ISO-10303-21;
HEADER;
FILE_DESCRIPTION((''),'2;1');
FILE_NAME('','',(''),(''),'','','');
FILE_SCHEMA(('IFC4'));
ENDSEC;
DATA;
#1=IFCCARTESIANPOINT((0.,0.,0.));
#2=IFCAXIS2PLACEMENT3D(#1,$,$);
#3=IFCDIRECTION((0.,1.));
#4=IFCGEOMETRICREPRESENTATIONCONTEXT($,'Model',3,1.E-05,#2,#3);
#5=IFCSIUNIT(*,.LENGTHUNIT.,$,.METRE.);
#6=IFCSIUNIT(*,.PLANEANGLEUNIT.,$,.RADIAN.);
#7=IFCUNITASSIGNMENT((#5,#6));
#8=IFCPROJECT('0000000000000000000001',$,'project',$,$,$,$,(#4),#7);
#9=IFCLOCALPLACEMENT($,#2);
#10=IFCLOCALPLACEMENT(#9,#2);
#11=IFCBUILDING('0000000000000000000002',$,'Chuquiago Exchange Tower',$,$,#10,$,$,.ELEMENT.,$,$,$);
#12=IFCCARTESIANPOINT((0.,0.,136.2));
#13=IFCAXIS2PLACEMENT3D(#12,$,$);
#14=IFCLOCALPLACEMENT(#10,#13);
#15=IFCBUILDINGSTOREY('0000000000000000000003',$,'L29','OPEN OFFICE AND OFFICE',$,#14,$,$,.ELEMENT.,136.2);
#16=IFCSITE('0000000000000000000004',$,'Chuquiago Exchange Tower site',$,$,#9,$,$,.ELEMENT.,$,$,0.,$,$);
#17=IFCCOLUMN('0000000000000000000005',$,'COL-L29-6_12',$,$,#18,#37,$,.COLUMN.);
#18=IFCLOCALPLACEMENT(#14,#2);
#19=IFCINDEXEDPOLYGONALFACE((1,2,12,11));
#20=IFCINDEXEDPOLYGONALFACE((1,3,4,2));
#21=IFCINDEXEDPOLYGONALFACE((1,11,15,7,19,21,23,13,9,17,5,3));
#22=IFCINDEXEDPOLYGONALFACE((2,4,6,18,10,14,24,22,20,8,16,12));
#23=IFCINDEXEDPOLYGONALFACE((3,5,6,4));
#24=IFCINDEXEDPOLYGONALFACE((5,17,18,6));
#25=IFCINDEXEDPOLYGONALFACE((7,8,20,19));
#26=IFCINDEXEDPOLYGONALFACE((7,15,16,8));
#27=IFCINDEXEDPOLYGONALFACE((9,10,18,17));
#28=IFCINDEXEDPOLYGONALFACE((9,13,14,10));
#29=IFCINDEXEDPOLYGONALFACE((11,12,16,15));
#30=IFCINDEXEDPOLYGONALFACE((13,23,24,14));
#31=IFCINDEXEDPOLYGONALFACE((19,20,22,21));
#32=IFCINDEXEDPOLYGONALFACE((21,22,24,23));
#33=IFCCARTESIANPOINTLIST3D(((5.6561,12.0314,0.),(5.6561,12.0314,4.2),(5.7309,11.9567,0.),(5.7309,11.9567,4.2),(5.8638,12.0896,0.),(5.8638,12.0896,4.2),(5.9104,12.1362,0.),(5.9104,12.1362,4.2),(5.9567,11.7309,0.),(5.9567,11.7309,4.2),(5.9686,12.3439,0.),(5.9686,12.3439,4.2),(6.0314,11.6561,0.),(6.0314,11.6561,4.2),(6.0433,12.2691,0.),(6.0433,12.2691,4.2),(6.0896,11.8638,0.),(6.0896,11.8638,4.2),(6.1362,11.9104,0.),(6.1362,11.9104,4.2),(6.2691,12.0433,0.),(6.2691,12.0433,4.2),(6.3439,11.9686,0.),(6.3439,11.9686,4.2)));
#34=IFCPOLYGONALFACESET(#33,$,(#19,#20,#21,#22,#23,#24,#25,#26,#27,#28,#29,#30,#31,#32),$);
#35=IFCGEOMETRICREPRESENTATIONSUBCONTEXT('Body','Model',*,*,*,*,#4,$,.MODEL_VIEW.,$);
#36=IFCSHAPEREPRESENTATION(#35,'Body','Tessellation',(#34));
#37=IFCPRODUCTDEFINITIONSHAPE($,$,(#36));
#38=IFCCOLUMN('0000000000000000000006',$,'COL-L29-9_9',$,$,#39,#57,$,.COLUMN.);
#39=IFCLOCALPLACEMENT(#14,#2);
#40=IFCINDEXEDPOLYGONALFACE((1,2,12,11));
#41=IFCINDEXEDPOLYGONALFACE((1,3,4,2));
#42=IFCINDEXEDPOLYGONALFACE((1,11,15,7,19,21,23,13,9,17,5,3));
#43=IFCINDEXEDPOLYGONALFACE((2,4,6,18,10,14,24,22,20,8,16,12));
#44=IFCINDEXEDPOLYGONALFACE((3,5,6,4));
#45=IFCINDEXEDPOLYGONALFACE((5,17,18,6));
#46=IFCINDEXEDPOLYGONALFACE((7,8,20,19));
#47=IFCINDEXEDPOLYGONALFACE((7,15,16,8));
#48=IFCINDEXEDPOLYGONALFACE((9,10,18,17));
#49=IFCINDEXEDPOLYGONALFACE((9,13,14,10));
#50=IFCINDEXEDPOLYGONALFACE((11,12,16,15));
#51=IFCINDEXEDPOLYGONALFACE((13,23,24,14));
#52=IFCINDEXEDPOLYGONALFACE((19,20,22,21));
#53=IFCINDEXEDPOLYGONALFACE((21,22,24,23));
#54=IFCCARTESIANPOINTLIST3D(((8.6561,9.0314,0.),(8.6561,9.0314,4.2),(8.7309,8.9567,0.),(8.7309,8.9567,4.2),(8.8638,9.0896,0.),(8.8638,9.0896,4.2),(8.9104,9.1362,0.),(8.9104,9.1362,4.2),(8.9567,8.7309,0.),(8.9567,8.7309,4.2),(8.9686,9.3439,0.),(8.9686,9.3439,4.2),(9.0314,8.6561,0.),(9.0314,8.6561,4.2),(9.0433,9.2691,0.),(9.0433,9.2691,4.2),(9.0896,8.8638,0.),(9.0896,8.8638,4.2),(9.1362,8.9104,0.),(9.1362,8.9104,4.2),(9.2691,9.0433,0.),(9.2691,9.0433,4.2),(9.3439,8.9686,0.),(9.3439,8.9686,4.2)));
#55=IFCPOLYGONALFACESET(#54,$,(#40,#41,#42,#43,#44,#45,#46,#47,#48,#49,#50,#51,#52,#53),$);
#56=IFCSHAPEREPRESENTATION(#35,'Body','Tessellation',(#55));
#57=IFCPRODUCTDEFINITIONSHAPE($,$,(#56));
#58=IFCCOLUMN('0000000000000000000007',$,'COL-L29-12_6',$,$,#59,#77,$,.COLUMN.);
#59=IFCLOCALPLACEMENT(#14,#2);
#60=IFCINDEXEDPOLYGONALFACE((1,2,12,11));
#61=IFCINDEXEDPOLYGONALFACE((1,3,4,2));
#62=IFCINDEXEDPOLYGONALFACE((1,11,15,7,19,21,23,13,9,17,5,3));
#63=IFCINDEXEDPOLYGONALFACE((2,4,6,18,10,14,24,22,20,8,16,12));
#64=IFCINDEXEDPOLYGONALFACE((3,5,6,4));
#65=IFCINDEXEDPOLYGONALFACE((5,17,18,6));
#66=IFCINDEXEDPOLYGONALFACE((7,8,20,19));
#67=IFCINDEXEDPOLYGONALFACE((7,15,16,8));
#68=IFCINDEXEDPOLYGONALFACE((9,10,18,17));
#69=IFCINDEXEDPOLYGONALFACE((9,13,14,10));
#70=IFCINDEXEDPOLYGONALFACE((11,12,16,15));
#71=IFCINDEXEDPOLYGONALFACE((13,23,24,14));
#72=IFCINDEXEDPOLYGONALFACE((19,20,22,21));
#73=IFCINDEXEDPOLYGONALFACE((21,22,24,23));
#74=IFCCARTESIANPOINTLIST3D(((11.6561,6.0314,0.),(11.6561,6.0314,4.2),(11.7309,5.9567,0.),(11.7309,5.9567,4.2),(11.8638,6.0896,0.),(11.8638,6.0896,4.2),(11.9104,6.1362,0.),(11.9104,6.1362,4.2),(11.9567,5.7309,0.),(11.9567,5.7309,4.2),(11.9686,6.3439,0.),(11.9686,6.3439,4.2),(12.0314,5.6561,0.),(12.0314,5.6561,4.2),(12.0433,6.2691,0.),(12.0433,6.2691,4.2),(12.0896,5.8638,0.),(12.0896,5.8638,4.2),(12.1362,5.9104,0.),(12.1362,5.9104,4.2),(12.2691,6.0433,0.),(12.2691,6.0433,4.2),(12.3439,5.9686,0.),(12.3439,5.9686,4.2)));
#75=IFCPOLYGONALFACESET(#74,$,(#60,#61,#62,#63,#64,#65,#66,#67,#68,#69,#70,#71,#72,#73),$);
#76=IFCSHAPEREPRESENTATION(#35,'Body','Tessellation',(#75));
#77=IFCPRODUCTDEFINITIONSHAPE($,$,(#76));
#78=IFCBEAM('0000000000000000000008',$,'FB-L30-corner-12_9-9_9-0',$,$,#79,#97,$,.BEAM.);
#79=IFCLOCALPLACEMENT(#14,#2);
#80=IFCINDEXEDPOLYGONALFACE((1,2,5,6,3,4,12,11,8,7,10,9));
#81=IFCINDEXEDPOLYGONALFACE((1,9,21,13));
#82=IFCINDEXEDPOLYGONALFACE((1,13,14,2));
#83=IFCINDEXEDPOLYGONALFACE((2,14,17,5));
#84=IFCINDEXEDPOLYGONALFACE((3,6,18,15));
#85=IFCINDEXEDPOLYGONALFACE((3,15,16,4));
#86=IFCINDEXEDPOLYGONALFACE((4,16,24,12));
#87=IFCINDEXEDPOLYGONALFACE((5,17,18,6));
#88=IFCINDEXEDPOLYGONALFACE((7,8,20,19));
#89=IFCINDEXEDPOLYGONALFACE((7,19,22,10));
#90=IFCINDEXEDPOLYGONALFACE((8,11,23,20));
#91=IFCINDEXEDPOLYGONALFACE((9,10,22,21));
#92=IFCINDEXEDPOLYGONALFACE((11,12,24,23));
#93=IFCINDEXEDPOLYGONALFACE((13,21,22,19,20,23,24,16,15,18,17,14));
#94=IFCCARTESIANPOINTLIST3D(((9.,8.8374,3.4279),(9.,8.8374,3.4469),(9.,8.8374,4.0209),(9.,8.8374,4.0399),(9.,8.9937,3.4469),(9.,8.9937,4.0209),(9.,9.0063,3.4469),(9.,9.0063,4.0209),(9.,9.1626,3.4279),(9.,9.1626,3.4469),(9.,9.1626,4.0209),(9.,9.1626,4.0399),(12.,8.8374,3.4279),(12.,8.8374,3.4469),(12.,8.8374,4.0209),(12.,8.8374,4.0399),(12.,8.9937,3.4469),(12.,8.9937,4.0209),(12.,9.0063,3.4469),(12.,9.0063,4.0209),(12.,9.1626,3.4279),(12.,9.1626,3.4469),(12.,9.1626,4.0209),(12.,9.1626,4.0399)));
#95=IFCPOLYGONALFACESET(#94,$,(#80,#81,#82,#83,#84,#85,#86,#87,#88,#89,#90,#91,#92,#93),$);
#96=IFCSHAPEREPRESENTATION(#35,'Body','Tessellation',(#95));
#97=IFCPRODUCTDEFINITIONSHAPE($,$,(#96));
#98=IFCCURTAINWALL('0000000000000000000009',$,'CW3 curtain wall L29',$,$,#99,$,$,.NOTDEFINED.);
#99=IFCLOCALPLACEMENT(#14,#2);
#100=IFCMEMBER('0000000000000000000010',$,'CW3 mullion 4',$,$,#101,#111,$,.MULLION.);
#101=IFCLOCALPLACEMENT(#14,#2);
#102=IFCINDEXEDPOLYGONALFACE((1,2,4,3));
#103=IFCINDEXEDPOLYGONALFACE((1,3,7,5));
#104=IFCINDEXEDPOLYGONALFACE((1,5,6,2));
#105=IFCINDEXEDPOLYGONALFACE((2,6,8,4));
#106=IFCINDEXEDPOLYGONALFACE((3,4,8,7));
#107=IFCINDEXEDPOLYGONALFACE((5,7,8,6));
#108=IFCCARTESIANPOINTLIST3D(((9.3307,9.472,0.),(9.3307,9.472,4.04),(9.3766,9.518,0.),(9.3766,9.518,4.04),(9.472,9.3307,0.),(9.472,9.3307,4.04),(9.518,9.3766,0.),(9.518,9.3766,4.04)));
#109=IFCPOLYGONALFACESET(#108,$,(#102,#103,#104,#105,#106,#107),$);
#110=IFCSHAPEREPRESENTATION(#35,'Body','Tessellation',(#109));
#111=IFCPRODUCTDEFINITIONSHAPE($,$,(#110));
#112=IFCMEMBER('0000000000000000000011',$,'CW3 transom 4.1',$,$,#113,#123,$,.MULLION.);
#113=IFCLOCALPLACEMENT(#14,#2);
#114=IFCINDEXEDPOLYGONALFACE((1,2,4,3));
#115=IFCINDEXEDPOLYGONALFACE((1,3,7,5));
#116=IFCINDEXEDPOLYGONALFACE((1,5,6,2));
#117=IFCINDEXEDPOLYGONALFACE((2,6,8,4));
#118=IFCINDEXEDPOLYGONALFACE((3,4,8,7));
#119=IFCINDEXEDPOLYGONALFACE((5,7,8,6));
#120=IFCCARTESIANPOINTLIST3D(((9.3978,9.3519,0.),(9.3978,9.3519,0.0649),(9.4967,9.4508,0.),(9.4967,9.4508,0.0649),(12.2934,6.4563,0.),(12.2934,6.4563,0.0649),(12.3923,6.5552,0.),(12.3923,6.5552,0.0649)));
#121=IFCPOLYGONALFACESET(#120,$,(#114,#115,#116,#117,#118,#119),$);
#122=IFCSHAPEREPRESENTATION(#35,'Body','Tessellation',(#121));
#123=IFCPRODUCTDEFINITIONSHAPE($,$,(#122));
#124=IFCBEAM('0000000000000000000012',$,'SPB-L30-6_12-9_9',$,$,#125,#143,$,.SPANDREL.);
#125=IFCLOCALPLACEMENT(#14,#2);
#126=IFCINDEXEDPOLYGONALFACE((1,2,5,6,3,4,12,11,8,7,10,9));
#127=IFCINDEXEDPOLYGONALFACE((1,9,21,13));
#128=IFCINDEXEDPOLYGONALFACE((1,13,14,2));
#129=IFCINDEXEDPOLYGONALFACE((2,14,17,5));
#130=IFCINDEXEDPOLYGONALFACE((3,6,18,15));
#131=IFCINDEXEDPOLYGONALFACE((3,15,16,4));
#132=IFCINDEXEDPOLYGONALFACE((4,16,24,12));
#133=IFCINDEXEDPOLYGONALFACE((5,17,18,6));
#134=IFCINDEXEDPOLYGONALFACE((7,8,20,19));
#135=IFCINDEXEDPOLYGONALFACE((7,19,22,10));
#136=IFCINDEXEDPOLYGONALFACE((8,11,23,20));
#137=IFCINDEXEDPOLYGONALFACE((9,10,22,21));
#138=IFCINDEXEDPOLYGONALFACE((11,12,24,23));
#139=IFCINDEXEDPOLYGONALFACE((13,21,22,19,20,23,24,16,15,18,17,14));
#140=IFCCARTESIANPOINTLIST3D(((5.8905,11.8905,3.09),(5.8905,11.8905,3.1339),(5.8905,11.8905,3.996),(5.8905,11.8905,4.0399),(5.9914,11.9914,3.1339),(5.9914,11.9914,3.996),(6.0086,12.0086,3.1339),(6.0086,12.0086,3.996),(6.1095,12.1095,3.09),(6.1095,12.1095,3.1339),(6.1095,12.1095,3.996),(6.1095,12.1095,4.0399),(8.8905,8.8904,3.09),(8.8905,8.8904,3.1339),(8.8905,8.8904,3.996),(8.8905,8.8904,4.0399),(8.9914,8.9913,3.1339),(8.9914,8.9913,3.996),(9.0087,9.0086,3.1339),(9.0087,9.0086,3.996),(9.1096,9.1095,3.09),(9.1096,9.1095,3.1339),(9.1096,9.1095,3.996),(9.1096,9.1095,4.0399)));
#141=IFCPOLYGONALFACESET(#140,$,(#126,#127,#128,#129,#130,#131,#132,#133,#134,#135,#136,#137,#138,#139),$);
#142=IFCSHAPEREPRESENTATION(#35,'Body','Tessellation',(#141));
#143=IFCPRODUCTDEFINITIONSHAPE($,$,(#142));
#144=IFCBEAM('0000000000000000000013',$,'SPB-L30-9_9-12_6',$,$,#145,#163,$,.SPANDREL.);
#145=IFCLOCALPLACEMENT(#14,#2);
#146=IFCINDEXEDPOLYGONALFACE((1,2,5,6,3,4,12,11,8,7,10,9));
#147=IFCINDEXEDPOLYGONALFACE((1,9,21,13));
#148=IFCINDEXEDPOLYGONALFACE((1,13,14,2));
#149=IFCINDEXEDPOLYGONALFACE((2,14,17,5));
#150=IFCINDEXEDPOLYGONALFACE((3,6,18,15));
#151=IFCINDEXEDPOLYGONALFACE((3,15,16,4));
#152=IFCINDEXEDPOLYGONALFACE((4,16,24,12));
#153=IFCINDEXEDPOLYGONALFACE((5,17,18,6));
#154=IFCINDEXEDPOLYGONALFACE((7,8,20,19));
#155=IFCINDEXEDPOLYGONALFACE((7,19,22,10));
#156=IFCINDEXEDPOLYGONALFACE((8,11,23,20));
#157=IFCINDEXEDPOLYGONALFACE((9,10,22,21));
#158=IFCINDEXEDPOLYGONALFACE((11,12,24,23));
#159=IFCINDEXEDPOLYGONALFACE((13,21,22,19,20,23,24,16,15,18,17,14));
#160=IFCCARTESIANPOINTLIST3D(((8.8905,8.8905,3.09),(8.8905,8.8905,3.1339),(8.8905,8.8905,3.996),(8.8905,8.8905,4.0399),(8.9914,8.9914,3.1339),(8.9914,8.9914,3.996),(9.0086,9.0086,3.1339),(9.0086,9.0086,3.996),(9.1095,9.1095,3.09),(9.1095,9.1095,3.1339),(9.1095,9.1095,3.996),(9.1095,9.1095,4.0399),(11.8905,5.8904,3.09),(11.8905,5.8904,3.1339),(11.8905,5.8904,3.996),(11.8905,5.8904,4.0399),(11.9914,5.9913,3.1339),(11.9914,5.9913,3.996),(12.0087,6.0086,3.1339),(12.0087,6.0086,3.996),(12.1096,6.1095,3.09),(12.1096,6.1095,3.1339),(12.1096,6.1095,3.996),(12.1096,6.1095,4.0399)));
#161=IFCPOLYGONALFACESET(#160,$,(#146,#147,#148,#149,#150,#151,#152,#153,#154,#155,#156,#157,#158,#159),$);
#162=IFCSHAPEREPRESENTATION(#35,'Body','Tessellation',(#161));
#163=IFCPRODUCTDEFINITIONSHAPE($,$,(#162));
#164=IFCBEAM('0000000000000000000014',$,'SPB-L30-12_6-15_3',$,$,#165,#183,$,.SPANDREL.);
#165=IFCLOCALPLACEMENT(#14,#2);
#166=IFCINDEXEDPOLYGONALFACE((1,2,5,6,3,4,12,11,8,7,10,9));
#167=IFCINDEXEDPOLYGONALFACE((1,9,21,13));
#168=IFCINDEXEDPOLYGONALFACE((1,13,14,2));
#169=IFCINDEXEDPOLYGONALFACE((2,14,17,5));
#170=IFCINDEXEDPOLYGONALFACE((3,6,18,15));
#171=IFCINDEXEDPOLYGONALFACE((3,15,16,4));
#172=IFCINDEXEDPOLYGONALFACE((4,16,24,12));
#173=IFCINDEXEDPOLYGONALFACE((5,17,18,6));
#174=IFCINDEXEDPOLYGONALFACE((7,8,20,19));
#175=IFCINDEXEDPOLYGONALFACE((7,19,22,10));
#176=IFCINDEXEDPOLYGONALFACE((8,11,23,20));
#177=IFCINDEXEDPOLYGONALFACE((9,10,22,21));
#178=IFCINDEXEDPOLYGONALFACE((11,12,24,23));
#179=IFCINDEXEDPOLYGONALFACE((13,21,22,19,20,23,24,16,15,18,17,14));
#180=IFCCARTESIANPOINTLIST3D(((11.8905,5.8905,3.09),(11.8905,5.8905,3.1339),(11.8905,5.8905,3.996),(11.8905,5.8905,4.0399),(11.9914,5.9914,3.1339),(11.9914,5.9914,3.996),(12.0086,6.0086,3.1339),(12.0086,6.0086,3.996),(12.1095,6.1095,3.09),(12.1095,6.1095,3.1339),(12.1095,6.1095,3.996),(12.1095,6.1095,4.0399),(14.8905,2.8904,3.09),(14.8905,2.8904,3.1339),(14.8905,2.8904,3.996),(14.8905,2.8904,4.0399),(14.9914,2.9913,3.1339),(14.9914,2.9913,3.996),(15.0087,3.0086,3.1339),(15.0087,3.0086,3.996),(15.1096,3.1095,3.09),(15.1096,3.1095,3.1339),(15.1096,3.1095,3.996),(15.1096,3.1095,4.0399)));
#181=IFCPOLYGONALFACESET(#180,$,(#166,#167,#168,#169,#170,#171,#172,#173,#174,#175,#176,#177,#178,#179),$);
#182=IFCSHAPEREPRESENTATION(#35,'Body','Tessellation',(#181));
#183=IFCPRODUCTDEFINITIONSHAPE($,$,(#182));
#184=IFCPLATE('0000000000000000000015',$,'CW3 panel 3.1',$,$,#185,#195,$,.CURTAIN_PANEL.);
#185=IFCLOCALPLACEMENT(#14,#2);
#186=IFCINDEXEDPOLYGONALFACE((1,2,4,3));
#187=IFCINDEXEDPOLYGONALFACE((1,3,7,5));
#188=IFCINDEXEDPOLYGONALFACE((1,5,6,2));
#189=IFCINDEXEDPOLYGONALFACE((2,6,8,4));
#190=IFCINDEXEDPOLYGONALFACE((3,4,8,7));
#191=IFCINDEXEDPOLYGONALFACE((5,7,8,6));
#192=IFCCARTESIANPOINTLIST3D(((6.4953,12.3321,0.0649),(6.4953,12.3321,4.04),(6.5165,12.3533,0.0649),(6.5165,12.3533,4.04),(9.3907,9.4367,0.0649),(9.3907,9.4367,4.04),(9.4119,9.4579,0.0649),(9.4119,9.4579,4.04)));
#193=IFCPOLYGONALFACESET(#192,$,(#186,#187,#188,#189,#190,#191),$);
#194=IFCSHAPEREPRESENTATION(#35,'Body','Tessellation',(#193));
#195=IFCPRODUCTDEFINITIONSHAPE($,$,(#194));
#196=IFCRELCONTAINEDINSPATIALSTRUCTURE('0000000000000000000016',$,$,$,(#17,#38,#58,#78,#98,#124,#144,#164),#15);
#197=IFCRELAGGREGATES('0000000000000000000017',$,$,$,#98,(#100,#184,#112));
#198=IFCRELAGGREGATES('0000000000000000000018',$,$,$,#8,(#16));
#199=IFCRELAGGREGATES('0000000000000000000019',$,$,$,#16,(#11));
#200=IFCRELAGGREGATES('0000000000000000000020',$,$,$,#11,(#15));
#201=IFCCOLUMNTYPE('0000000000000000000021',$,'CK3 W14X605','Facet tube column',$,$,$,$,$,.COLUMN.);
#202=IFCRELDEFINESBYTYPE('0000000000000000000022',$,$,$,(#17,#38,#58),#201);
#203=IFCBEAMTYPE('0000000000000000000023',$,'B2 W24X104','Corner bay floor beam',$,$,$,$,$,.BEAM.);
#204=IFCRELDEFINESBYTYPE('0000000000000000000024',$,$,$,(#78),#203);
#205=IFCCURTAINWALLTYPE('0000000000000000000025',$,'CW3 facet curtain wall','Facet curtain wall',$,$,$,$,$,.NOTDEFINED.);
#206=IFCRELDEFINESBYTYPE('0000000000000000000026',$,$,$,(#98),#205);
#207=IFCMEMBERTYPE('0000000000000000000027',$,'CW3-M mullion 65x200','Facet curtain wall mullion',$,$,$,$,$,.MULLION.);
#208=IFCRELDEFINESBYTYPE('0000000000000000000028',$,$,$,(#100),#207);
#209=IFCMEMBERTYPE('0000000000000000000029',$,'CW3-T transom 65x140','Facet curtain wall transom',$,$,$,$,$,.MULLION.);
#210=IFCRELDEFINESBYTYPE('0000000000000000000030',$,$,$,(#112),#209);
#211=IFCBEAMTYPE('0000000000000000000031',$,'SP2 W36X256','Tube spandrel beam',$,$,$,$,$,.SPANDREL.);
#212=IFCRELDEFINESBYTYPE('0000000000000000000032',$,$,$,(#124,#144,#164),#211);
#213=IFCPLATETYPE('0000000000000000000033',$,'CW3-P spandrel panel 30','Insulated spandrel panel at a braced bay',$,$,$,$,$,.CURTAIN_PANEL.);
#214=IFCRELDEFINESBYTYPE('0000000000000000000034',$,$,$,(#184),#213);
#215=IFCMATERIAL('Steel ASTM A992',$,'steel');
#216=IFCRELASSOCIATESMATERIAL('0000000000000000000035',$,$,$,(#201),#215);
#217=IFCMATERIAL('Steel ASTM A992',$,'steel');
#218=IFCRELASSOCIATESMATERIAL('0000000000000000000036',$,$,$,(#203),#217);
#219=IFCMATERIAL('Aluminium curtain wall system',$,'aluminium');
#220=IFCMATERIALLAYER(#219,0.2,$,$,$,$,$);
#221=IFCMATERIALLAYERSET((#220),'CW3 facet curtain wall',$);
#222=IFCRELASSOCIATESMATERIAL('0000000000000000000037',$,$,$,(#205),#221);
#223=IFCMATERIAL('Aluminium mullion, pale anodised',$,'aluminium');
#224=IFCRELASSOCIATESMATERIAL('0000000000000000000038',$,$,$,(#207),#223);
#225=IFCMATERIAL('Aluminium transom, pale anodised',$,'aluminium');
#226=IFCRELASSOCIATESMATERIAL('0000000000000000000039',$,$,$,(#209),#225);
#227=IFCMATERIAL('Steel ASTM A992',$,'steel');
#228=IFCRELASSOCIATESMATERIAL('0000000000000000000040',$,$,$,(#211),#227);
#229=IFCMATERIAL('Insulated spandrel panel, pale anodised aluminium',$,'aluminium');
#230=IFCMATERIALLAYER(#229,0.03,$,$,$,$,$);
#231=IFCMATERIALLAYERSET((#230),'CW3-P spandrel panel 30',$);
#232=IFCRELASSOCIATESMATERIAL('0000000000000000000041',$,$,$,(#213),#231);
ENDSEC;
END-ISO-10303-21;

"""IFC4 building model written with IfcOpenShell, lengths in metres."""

from ifc_helpers import new_model, si_unit, direction, frame, origin, origin_2d, place, context, subcontext, project, spatial, rectangle, i_section, extrude, material, layer, layer_set, material_profile, profile_set, type_object, element, aggregate, save


model = new_model("IFC4")

# Units and contexts
model_context = context("Model", 3, precision=1e-05, world=origin(), true_north=direction((0.0, 1.0)))
body_context = subcontext(model_context, "Body", "Model", "MODEL_VIEW")
ifc_project = project(units=[si_unit("LENGTHUNIT", "METRE"), si_unit("PLANEANGLEUNIT", "RADIAN")], contexts=[model_context])

# Site, building, storey
site_placement = place(None, origin())
site = spatial("IfcSite", under=ifc_project, at=site_placement, Name="Chuquiago Exchange Tower site", CompositionType="ELEMENT", RefElevation=0.0)
building_placement = place(site_placement, origin())
building = spatial("IfcBuilding", under=site, at=building_placement, Name="Chuquiago Exchange Tower", CompositionType="ELEMENT")
storey_placement = place(building_placement, frame((0.0, 0.0, 136.2)))
storey = spatial("IfcBuildingStorey", under=building, at=storey_placement, Name="L29", Description="OPEN OFFICE AND OFFICE", CompositionType="ELEMENT", Elevation=136.2)

# Columns
ifc_material_1 = material(Name="Steel ASTM A992", Category="steel")
ifc_material_profile_1 = material_profile(ifc_material_1, i_section(OverallWidth=0.4419, OverallDepth=0.5308, WebThickness=0.0659, FlangeThickness=0.1057, at=origin_2d()), Name="W14X605")
ifc_profile_set_1 = profile_set([ifc_material_profile_1], Name="Steel ASTM A992")
column_type = type_object("IfcColumnType", Name="CK3 W14X605", Description="Facet tube column", PredefinedType="COLUMN", material=ifc_profile_set_1)
for number, where, z_axis, x_axis, name in (
    (1, (6.0, 12.0, 0.0), (0.0, 0.0, 1.0), (-0.707107, -0.707107, 0.0), "COL-L29-6_12"),
    (2, (9.0, 9.0, 0.0), (0.0, 0.0, 1.0), (-0.707107, -0.707107, 0.0), "COL-L29-9_9"),
    (3, (12.0, 6.0, 0.0), (0.0, 0.0, 1.0), (-0.707107, -0.707107, 0.0), "COL-L29-12_6"),
):
    element("IfcColumn", number, at=place(storey_placement, frame(where, z_axis=z_axis, x_axis=x_axis)), inside=storey, type_object=column_type, Name=name, PredefinedType="COLUMN", context=body_context, shape_type="SweptSolid", body=[
        extrude(i_section(OverallWidth=0.4419, OverallDepth=0.5308, WebThickness=0.0659, FlangeThickness=0.1057, at=origin_2d()), origin(), (0.0, 0.0, 1.0), 4.2),
    ])

# Beam
ifc_material_2 = material(Name="Steel ASTM A992", Category="steel")
ifc_material_profile_2 = material_profile(ifc_material_2, i_section(OverallWidth=0.3252, OverallDepth=0.6121, WebThickness=0.0127, FlangeThickness=0.019, at=origin_2d()), Name="W24X104")
ifc_profile_set_2 = profile_set([ifc_material_profile_2], Name="Steel ASTM A992")
beam_type_1 = type_object("IfcBeamType", Name="B2 W24X104", Description="Corner bay floor beam", PredefinedType="BEAM", material=ifc_profile_set_2)
beam_placement = place(storey_placement, frame((12.0, 9.0, 3.7339), z_axis=(-1.0, 0.0, 0.0), x_axis=(0.0, -1.0, 0.0)))
element("IfcBeam", 4, at=beam_placement, inside=storey, type_object=beam_type_1, Name="FB-L30-corner-12_9-9_9-0", PredefinedType="BEAM", context=body_context, shape_type="SweptSolid", body=[
    extrude(i_section(OverallWidth=0.3252, OverallDepth=0.6121, WebThickness=0.0127, FlangeThickness=0.019, at=origin_2d()), origin(), (0.0, 0.0, 1.0), 3.0),
])

# Curtain wall, members
ifc_material_3 = material(Name="Aluminium curtain wall system", Category="aluminium")
ifc_layer_1 = layer(ifc_material_3, 0.2)
ifc_layer_set_1 = layer_set([ifc_layer_1], Name="CW3 facet curtain wall")
curtain_wall_type = type_object("IfcCurtainWallType", Name="CW3 facet curtain wall", Description="Facet curtain wall", PredefinedType="NOTDEFINED", material=ifc_layer_set_1)
curtain_wall_placement = place(storey_placement, origin())
curtain_wall = element("IfcCurtainWall", 5, at=curtain_wall_placement, inside=storey, type_object=curtain_wall_type, Name="CW3 curtain wall L29", PredefinedType="NOTDEFINED")
ifc_material_4 = material(Name="Aluminium mullion, pale anodised", Category="aluminium")
ifc_material_profile_3 = material_profile(ifc_material_4, rectangle(XDim=0.0649, YDim=0.2, at=origin_2d()), Name="AL 65x200")
ifc_profile_set_3 = profile_set([ifc_material_profile_3], Name="Aluminium mullion, pale anodised")
member_type_1 = type_object("IfcMemberType", Name="CW3-M mullion 65x200", Description="Facet curtain wall mullion", PredefinedType="MULLION", material=ifc_profile_set_3)
member_1_placement = place(storey_placement, frame((9.4243, 9.4243, 0.0), z_axis=(0.0, 0.0, 1.0), x_axis=(0.707107, 0.707107, 0.0)))
member_1 = element("IfcMember", 6, at=member_1_placement, type_object=member_type_1, Name="CW3 mullion 4", PredefinedType="MULLION", context=body_context, shape_type="SweptSolid", body=[
    extrude(rectangle(XDim=0.0649, YDim=0.2, at=origin_2d()), origin(), (0.0, 0.0, 1.0), 4.04),
])
ifc_material_5 = material(Name="Aluminium transom, pale anodised", Category="aluminium")
ifc_material_profile_4 = material_profile(ifc_material_5, rectangle(XDim=0.1399, YDim=0.0649, at=origin_2d()), Name="AL 140x65")
ifc_profile_set_4 = profile_set([ifc_material_profile_4], Name="Aluminium transom, pale anodised")
member_type_2 = type_object("IfcMemberType", Name="CW3-T transom 65x140", Description="Facet curtain wall transom", PredefinedType="MULLION", material=ifc_profile_set_4)
member_2_placement = place(storey_placement, frame((9.4473, 9.4014, 0.0325), z_axis=(0.707107, -0.707107, 0.0), x_axis=(0.707107, 0.707107, 0.0)))
member_2 = element("IfcMember", 7, at=member_2_placement, type_object=member_type_2, Name="CW3 transom 4.1", PredefinedType="MULLION", context=body_context, shape_type="SweptSolid", body=[
    extrude(rectangle(XDim=0.1399, YDim=0.0649, at=origin_2d()), origin(), (0.0, 0.0, 1.0), 4.095),
])

# Beams
ifc_material_6 = material(Name="Steel ASTM A992", Category="steel")
ifc_material_profile_5 = material_profile(ifc_material_6, i_section(OverallWidth=0.3098, OverallDepth=0.95, WebThickness=0.0244, FlangeThickness=0.0439, at=origin_2d()), Name="W36X256")
ifc_profile_set_5 = profile_set([ifc_material_profile_5], Name="Steel ASTM A992")
beam_type_2 = type_object("IfcBeamType", Name="SP2 W36X256", Description="Tube spandrel beam", PredefinedType="SPANDREL", material=ifc_profile_set_5)
for number, where, z_axis, x_axis, name in (
    (8, (6.0, 12.0, 3.5649), (0.707107, -0.707107, 0.0), (0.707107, 0.707107, 0.0), "SPB-L30-6_12-9_9"),
    (9, (9.0, 9.0, 3.5649), (0.707107, -0.707107, 0.0), (0.707107, 0.707107, 0.0), "SPB-L30-9_9-12_6"),
    (10, (12.0, 6.0, 3.5649), (0.707107, -0.707107, 0.0), (0.707107, 0.707107, 0.0), "SPB-L30-12_6-15_3"),
):
    element("IfcBeam", number, at=place(storey_placement, frame(where, z_axis=z_axis, x_axis=x_axis)), inside=storey, type_object=beam_type_2, Name=name, PredefinedType="SPANDREL", context=body_context, shape_type="SweptSolid", body=[
        extrude(i_section(OverallWidth=0.3098, OverallDepth=0.95, WebThickness=0.0244, FlangeThickness=0.0439, at=origin_2d()), origin(), (0.0, 0.0, 1.0), 4.2427),
    ])

# Plate
ifc_material_7 = material(Name="Insulated spandrel panel, pale anodised aluminium", Category="aluminium")
ifc_layer_2 = layer(ifc_material_7, 0.03)
ifc_layer_set_2 = layer_set([ifc_layer_2], Name="CW3-P spandrel panel 30")
plate_type = type_object("IfcPlateType", Name="CW3-P spandrel panel 30", Description="Insulated spandrel panel at a braced bay", PredefinedType="CURTAIN_PANEL", material=ifc_layer_set_2)
plate_1_placement = place(storey_placement, frame((7.9536, 10.895, 0.0649), z_axis=(0.0, 0.0, 1.0), x_axis=(0.707107, -0.707107, 0.0)))
plate_1 = element("IfcPlate", 11, at=plate_1_placement, type_object=plate_type, Name="CW3 panel 3.1", PredefinedType="CURTAIN_PANEL", context=body_context, shape_type="SweptSolid", body=[
    extrude(rectangle(XDim=4.0947, YDim=0.03, at=origin_2d()), origin(), (0.0, 0.0, 1.0), 3.9751),
])
aggregate(curtain_wall, [member_1, plate_1, member_2])

save(model, "model.ifc")
